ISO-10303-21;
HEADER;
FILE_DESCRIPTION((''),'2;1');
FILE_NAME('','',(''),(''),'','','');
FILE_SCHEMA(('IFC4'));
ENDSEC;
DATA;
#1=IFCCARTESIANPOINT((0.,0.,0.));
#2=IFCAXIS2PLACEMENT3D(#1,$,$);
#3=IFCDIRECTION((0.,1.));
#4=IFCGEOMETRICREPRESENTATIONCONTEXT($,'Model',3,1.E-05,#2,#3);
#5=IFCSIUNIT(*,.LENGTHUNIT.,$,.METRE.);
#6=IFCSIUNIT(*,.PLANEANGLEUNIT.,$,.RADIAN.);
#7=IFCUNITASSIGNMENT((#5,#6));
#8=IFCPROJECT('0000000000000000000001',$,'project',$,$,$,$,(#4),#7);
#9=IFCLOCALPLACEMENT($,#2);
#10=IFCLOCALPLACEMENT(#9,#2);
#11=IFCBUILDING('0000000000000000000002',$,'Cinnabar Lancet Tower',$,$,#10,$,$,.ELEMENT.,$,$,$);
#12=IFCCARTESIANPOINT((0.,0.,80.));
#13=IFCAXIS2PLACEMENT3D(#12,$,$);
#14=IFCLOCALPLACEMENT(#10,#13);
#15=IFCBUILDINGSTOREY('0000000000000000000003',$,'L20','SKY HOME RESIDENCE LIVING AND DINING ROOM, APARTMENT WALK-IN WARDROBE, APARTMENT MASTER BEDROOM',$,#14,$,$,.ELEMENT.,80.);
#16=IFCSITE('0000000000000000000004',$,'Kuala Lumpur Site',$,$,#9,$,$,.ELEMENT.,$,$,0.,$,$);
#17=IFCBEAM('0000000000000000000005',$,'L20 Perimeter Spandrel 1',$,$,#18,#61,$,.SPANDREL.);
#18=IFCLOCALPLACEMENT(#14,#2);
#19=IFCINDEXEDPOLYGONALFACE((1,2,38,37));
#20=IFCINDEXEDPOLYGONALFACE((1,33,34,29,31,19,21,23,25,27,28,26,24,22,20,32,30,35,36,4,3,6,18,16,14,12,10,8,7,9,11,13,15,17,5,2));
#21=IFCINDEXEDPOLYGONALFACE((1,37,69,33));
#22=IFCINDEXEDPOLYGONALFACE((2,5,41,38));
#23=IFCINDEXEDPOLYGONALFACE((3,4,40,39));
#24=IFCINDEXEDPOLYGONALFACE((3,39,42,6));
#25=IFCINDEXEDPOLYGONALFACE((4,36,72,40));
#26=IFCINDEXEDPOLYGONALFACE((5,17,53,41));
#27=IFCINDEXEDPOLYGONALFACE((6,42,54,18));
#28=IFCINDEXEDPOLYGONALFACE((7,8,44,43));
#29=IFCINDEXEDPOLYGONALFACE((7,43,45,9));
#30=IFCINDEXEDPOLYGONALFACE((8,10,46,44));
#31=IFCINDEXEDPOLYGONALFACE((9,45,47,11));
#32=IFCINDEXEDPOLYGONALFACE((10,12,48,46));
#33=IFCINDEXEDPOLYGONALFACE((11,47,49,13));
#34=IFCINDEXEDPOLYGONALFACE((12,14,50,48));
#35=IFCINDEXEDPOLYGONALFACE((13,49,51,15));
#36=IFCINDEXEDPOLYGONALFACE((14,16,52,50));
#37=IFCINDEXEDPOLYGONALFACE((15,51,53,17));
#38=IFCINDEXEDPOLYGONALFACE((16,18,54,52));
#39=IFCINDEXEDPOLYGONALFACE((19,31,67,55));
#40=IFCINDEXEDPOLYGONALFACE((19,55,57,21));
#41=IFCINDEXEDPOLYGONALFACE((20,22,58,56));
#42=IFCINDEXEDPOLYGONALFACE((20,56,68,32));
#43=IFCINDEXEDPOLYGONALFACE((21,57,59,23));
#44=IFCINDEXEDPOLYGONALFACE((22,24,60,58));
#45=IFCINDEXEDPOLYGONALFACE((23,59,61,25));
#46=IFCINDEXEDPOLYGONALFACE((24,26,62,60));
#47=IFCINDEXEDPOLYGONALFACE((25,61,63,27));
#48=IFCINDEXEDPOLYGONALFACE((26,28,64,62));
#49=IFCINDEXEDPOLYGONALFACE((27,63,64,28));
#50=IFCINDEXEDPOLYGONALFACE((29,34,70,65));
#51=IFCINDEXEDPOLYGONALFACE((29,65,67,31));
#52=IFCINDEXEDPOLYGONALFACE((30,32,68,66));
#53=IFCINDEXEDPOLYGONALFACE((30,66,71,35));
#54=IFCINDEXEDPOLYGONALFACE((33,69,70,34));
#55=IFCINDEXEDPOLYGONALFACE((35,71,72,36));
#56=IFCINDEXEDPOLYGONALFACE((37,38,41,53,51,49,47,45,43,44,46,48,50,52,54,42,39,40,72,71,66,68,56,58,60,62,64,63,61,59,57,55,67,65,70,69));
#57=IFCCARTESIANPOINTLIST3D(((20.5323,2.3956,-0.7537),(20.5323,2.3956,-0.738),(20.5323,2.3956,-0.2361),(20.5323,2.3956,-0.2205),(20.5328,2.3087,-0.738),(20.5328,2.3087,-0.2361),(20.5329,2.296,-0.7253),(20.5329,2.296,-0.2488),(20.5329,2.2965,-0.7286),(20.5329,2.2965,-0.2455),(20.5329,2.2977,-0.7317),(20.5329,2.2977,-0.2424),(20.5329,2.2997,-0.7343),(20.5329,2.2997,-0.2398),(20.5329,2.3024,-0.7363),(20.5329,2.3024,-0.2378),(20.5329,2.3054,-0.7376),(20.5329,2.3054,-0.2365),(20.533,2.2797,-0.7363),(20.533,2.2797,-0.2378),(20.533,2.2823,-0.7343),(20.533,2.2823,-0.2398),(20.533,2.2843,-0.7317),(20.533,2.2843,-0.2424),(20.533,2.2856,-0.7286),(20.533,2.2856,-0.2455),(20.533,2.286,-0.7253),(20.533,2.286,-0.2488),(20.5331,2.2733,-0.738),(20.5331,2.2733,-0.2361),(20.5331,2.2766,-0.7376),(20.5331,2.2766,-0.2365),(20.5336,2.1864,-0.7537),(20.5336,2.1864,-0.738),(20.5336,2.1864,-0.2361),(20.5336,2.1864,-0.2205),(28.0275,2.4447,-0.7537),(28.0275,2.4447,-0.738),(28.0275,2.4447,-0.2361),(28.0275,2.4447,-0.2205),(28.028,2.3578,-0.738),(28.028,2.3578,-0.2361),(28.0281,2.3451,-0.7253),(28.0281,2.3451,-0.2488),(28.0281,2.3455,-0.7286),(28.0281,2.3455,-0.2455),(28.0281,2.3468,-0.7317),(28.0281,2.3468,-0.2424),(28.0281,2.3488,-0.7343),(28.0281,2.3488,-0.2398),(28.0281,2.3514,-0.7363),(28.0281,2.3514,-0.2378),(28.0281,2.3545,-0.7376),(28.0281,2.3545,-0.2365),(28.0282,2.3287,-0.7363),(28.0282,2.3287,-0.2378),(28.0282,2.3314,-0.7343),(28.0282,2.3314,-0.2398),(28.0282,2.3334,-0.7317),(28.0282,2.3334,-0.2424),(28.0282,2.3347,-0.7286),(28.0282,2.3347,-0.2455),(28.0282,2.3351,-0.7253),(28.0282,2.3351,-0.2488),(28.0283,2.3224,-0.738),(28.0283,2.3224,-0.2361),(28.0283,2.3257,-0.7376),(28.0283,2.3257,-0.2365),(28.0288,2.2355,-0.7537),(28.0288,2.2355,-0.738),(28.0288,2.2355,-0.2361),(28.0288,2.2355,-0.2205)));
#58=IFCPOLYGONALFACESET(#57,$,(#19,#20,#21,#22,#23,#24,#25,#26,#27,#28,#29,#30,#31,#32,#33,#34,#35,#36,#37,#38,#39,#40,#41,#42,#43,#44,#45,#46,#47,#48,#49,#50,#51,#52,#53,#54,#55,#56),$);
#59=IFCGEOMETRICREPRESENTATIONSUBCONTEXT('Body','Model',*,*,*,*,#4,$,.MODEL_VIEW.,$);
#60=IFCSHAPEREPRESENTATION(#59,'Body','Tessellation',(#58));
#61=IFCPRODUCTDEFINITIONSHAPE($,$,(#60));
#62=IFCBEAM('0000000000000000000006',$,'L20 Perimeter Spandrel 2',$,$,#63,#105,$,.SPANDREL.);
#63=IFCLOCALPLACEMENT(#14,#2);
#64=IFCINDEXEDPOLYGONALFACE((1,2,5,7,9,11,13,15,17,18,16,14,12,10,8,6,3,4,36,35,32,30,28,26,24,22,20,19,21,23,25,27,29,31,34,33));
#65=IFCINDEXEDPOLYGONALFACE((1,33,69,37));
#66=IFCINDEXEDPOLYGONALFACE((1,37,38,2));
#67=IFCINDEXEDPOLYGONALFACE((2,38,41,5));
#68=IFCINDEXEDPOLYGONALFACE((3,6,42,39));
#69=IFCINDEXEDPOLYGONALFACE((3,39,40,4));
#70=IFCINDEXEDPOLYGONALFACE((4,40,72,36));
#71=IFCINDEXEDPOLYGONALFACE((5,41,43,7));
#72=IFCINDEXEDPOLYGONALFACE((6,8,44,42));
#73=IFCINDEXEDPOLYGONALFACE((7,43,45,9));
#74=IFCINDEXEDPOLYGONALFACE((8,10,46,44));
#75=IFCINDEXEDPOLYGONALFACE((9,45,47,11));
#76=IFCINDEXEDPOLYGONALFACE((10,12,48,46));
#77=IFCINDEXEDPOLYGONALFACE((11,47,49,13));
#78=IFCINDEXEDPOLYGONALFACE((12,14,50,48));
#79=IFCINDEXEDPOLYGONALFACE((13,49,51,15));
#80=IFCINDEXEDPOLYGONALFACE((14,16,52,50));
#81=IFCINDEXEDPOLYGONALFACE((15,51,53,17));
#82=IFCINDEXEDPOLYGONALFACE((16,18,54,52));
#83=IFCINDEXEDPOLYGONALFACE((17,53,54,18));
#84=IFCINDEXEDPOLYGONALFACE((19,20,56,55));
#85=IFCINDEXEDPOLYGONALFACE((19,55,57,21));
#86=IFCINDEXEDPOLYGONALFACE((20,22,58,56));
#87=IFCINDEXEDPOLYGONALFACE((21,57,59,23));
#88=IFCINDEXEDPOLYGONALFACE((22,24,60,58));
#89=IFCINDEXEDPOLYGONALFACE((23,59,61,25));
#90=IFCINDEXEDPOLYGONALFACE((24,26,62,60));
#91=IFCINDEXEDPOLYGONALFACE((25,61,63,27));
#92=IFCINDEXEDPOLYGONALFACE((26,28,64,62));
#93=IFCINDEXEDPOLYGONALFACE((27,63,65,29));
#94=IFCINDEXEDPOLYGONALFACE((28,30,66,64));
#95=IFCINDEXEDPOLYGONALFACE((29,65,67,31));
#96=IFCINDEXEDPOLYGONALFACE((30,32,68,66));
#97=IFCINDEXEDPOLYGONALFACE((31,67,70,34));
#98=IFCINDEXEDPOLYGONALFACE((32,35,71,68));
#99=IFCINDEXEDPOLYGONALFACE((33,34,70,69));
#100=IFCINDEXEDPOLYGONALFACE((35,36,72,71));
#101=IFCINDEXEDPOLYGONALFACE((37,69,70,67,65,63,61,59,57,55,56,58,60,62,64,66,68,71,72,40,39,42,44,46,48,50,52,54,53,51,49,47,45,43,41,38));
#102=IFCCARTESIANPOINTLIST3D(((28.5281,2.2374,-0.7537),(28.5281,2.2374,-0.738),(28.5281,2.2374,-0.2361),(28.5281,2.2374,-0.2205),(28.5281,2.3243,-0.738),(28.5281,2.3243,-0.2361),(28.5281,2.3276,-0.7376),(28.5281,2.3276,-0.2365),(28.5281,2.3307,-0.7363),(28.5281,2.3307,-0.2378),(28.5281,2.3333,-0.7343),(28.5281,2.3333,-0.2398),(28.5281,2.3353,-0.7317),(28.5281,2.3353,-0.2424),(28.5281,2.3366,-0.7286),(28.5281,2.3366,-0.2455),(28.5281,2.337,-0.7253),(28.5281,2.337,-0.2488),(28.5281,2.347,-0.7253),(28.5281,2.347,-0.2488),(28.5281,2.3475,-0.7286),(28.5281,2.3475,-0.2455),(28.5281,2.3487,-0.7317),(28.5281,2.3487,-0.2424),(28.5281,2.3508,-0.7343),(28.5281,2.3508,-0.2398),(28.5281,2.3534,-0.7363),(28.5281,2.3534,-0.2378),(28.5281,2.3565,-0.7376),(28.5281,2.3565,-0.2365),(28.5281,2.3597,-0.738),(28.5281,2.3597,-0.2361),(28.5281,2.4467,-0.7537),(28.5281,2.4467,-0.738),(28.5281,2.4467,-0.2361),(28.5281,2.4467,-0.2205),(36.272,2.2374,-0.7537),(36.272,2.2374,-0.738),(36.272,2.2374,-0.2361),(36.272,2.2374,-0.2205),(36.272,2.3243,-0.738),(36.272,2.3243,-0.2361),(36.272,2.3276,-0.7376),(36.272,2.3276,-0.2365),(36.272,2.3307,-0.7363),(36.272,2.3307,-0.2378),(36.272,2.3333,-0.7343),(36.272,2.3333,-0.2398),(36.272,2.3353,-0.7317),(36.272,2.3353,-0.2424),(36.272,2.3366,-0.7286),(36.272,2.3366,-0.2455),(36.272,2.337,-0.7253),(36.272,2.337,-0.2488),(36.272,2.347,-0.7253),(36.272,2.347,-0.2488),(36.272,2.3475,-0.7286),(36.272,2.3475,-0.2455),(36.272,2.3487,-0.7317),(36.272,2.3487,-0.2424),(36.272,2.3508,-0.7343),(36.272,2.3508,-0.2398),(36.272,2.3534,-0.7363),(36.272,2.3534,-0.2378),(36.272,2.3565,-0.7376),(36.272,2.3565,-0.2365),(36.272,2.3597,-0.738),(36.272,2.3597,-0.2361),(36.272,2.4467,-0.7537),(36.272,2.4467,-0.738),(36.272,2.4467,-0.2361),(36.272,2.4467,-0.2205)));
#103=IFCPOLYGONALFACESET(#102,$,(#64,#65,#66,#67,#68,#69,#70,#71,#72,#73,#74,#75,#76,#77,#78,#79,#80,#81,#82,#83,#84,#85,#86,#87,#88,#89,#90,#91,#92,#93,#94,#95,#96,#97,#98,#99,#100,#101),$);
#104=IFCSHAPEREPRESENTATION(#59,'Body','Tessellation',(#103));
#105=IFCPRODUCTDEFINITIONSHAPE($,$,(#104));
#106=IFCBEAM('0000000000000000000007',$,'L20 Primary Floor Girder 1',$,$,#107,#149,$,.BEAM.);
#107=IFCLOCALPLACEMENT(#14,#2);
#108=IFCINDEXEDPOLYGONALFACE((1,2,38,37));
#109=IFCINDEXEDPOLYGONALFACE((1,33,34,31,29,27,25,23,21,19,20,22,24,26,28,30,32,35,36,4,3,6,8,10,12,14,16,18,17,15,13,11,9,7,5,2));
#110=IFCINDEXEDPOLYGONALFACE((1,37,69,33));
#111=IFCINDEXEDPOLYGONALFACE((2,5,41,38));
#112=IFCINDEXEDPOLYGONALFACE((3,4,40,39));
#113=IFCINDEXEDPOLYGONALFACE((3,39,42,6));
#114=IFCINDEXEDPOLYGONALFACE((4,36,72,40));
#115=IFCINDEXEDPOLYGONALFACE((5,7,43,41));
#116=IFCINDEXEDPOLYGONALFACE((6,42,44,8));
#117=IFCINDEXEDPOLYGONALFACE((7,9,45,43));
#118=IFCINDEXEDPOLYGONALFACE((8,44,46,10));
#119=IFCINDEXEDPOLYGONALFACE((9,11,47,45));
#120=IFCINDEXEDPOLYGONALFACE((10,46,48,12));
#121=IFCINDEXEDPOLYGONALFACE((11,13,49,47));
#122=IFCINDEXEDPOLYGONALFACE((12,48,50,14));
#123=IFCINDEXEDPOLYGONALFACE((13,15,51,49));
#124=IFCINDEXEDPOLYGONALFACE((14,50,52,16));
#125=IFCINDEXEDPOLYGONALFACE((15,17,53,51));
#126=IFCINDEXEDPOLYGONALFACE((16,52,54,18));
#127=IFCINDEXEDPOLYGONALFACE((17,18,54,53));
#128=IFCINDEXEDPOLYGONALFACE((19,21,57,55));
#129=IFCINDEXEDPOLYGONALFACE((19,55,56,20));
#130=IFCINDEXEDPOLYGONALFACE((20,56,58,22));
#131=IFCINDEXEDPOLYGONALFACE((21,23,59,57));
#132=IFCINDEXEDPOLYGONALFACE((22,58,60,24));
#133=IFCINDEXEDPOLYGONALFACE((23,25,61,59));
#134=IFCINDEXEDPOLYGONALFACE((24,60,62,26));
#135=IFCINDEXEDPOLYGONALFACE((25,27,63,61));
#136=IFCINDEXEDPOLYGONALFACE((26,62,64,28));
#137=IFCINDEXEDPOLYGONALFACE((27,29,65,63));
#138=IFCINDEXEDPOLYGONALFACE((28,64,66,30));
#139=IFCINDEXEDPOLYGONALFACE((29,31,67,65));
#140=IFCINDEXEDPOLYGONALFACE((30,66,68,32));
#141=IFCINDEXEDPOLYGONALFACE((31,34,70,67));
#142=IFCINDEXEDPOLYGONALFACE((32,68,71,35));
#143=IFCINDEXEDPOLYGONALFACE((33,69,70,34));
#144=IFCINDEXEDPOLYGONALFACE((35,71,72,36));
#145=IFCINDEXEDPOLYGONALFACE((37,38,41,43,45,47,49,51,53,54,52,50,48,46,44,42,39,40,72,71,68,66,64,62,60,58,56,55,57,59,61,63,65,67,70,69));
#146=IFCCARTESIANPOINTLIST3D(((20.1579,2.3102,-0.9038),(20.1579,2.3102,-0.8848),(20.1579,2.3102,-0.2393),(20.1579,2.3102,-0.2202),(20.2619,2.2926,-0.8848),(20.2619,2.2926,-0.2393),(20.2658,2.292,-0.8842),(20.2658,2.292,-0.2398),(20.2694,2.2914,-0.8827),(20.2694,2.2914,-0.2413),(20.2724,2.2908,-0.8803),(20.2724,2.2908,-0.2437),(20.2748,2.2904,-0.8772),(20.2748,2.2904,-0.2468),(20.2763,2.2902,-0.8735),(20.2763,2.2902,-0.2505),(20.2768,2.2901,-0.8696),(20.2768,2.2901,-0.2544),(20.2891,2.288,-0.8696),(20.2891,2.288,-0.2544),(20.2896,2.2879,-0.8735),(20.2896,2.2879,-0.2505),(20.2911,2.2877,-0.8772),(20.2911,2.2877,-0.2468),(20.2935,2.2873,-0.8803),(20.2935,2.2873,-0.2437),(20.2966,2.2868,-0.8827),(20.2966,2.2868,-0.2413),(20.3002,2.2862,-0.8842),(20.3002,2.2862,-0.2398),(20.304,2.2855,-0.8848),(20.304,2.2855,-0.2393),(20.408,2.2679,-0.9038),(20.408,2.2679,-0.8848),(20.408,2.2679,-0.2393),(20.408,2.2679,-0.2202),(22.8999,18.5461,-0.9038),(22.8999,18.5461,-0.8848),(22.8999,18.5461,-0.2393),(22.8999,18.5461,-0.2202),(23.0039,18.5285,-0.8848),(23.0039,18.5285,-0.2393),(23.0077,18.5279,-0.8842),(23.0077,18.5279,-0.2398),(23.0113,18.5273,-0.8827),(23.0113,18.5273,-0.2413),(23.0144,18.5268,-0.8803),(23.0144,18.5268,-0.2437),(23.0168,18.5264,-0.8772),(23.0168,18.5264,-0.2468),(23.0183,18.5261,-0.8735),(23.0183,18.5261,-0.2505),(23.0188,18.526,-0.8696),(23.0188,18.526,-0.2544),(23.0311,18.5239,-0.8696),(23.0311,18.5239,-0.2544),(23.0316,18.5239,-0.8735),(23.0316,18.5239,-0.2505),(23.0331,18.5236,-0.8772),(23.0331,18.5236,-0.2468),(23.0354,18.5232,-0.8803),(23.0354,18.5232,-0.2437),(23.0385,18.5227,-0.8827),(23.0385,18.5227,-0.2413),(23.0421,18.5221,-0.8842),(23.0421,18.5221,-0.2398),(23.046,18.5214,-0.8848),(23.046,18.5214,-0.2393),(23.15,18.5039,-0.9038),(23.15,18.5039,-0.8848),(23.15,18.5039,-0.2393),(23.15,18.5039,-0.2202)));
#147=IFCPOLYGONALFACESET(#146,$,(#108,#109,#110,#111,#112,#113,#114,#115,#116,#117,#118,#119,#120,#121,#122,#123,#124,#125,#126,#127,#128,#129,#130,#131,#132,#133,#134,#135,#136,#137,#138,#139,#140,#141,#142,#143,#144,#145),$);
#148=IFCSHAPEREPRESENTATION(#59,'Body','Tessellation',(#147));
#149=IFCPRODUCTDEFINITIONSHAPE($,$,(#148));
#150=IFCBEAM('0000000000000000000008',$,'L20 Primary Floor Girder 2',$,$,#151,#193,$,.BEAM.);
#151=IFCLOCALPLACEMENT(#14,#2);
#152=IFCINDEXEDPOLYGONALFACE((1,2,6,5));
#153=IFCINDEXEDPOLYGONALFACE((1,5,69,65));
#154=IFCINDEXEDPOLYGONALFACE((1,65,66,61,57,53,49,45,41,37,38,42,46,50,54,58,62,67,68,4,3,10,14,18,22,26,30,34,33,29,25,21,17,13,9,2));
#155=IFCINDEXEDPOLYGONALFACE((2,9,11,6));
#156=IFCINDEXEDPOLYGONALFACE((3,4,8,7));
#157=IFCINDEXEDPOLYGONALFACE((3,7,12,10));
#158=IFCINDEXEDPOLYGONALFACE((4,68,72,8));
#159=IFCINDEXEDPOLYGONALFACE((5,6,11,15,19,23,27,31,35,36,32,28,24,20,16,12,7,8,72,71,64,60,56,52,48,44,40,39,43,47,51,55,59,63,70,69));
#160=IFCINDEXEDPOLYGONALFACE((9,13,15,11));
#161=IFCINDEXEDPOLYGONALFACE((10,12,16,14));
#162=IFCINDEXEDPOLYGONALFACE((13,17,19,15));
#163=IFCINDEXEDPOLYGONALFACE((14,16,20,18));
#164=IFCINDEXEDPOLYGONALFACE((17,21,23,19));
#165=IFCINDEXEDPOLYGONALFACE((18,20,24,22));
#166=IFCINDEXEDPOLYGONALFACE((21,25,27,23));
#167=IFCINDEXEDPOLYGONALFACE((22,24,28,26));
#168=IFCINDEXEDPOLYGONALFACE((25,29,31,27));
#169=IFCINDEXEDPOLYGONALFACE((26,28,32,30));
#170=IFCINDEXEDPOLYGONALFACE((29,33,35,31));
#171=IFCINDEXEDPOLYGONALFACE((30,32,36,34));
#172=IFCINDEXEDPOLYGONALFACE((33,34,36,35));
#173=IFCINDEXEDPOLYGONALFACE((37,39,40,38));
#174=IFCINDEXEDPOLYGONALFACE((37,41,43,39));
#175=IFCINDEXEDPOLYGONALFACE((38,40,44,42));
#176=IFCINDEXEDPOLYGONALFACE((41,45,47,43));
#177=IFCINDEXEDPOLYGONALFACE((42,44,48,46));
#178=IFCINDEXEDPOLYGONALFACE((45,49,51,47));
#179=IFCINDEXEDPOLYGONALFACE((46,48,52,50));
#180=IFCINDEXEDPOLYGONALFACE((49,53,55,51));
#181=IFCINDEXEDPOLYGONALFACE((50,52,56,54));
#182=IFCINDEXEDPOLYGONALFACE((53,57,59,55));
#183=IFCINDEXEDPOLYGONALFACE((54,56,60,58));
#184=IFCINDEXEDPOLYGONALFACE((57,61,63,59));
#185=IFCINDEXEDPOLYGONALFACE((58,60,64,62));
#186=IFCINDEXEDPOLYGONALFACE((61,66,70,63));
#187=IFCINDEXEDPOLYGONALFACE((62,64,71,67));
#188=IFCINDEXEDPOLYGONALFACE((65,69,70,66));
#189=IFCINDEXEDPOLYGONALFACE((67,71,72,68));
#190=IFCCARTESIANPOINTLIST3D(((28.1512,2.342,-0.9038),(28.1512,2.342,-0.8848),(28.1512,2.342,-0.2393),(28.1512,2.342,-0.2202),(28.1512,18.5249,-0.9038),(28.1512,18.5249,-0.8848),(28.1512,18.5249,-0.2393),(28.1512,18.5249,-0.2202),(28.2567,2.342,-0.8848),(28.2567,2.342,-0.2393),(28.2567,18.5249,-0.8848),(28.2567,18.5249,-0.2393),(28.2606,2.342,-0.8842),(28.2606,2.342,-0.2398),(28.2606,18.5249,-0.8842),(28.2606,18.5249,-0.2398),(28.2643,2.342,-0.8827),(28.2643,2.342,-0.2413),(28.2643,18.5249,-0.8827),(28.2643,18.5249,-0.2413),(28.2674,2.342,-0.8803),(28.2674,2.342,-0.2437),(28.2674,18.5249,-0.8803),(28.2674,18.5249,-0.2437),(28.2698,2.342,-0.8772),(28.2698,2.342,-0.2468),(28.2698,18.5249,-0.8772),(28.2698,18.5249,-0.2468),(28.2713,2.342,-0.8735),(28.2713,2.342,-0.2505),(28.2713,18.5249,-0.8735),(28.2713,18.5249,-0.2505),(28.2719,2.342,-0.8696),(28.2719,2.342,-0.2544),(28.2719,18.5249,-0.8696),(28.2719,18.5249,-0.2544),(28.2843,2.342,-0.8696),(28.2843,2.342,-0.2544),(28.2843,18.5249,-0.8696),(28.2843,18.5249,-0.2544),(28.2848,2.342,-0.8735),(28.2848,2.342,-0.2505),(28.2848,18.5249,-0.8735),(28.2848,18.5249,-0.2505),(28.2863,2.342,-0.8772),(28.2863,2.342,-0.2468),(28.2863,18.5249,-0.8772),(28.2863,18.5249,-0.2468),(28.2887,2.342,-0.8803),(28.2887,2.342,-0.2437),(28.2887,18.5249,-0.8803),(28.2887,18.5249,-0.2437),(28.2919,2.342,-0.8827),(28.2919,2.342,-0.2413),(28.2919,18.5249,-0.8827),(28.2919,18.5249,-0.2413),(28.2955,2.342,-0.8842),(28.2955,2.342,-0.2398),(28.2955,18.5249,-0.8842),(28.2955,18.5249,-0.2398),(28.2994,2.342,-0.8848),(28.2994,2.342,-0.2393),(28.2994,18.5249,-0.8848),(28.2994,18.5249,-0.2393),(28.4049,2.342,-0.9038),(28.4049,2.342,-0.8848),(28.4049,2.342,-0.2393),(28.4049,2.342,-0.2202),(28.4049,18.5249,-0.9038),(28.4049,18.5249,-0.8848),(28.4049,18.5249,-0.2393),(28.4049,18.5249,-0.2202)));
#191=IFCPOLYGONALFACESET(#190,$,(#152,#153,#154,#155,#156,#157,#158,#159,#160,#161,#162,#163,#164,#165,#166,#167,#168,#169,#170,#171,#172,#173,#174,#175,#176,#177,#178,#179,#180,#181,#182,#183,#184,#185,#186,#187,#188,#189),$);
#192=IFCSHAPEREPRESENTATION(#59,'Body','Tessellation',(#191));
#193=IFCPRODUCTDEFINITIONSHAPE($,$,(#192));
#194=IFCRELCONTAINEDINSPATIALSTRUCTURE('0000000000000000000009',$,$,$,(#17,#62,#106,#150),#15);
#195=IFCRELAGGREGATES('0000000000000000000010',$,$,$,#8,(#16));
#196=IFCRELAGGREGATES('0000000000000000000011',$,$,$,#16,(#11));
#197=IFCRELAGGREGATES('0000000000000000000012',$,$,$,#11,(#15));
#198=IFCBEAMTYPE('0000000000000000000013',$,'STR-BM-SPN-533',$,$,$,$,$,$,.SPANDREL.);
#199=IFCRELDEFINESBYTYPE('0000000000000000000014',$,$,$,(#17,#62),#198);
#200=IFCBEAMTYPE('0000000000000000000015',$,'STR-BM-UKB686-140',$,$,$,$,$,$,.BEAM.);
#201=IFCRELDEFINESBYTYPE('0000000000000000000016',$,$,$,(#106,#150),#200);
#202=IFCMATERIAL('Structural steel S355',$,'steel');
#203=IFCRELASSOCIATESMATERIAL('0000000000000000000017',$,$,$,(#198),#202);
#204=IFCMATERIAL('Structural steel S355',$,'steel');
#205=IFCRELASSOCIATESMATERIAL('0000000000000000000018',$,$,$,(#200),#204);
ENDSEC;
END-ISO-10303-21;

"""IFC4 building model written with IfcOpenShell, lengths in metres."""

from ifc_helpers import new_model, si_unit, direction, frame, origin, origin_2d, place, context, subcontext, project, spatial, i_section, extrude, material, material_profile, profile_set, type_object, element, save


model = new_model("IFC4")

# Units and contexts
model_context = context("Model", 3, precision=1e-05, world=origin(), true_north=direction((0.0, 1.0)))
body_context = subcontext(model_context, "Body", "Model", "MODEL_VIEW")
ifc_project = project(units=[si_unit("LENGTHUNIT", "METRE"), si_unit("PLANEANGLEUNIT", "RADIAN")], contexts=[model_context])

# Site, building, storey
site_placement = place(None, origin())
site = spatial("IfcSite", under=ifc_project, at=site_placement, Name="Kuala Lumpur Site", CompositionType="ELEMENT", RefElevation=0.0)
building_placement = place(site_placement, origin())
building = spatial("IfcBuilding", under=site, at=building_placement, Name="Cinnabar Lancet Tower", CompositionType="ELEMENT")
storey_placement = place(building_placement, frame((0.0, 0.0, 80.0)))
storey = spatial("IfcBuildingStorey", under=building, at=storey_placement, Name="L20", Description="SKY HOME RESIDENCE LIVING AND DINING ROOM, APARTMENT WALK-IN WARDROBE, APARTMENT MASTER BEDROOM", CompositionType="ELEMENT", Elevation=80.0)

# Beams
ifc_material_1 = material(Name="Structural steel S355", Category="steel")
ifc_material_profile_1 = material_profile(ifc_material_1, i_section(OverallWidth=0.2092, OverallDepth=0.5332, WebThickness=0.01, FlangeThickness=0.0156, FilletRadius=0.0127, at=origin_2d()), Name="UKB 533x210x92")
ifc_profile_set_1 = profile_set([ifc_material_profile_1], Name="Structural steel S355")
beam_type_1 = type_object("IfcBeamType", Name="STR-BM-SPN-533", PredefinedType="SPANDREL", material=ifc_profile_set_1)
beam_1_placement = place(storey_placement, frame((20.533, 2.291, -0.4871), z_axis=(0.999979, 0.006547, 0.0), x_axis=(-0.006547, 0.999979, 0.0)))
element("IfcBeam", 1, at=beam_1_placement, inside=storey, type_object=beam_type_1, Name="L20 Perimeter Spandrel 1", PredefinedType="SPANDREL", context=body_context, shape_type="SweptSolid", body=[
    extrude(i_section(OverallWidth=0.2092, OverallDepth=0.5332, WebThickness=0.01, FlangeThickness=0.0156, FilletRadius=0.0127, at=origin_2d()), origin(), (0.0, 0.0, 1.0), 7.4954),
])
beam_2_placement = place(storey_placement, frame((28.5281, 2.342, -0.4871), z_axis=(1.0, 0.0, 0.0), x_axis=(0.0, 1.0, 0.0)))
element("IfcBeam", 2, at=beam_2_placement, inside=storey, type_object=beam_type_1, Name="L20 Perimeter Spandrel 2", PredefinedType="SPANDREL", context=body_context, shape_type="SweptSolid", body=[
    extrude(i_section(OverallWidth=0.2092, OverallDepth=0.5332, WebThickness=0.01, FlangeThickness=0.0156, FilletRadius=0.0127, at=origin_2d()), origin(), (0.0, 0.0, 1.0), 7.7439),
])
ifc_material_2 = material(Name="Structural steel S355", Category="steel")
ifc_material_profile_2 = material_profile(ifc_material_2, i_section(OverallWidth=0.2537, OverallDepth=0.6836, WebThickness=0.0125, FlangeThickness=0.019, FilletRadius=0.0151, at=origin_2d()), Name="UKB 686x254x140")
ifc_profile_set_2 = profile_set([ifc_material_profile_2], Name="Structural steel S355")
beam_type_2 = type_object("IfcBeamType", Name="STR-BM-UKB686-140", PredefinedType="BEAM", material=ifc_profile_set_2)
beam_3_placement = place(storey_placement, frame((20.283, 2.2891, -0.562), z_axis=(0.166524, 0.986037, 0.0), x_axis=(-0.986037, 0.166524, 0.0)))
element("IfcBeam", 3, at=beam_3_placement, inside=storey, type_object=beam_type_2, Name="L20 Primary Floor Girder 1", PredefinedType="BEAM", context=body_context, shape_type="SweptSolid", body=[
    extrude(i_section(OverallWidth=0.2537, OverallDepth=0.6836, WebThickness=0.0125, FlangeThickness=0.019, FilletRadius=0.0151, at=origin_2d()), origin(), (0.0, 0.0, 1.0), 16.4658),
])
beam_4_placement = place(storey_placement, frame((28.2781, 2.342, -0.562), z_axis=(0.0, 1.0, 0.0), x_axis=(-1.0, 0.0, 0.0)))
element("IfcBeam", 4, at=beam_4_placement, inside=storey, type_object=beam_type_2, Name="L20 Primary Floor Girder 2", PredefinedType="BEAM", context=body_context, shape_type="SweptSolid", body=[
    extrude(i_section(OverallWidth=0.2537, OverallDepth=0.6836, WebThickness=0.0125, FlangeThickness=0.019, FilletRadius=0.0151, at=origin_2d()), origin(), (0.0, 0.0, 1.0), 16.1829),
])

save(model, "model.ifc")
